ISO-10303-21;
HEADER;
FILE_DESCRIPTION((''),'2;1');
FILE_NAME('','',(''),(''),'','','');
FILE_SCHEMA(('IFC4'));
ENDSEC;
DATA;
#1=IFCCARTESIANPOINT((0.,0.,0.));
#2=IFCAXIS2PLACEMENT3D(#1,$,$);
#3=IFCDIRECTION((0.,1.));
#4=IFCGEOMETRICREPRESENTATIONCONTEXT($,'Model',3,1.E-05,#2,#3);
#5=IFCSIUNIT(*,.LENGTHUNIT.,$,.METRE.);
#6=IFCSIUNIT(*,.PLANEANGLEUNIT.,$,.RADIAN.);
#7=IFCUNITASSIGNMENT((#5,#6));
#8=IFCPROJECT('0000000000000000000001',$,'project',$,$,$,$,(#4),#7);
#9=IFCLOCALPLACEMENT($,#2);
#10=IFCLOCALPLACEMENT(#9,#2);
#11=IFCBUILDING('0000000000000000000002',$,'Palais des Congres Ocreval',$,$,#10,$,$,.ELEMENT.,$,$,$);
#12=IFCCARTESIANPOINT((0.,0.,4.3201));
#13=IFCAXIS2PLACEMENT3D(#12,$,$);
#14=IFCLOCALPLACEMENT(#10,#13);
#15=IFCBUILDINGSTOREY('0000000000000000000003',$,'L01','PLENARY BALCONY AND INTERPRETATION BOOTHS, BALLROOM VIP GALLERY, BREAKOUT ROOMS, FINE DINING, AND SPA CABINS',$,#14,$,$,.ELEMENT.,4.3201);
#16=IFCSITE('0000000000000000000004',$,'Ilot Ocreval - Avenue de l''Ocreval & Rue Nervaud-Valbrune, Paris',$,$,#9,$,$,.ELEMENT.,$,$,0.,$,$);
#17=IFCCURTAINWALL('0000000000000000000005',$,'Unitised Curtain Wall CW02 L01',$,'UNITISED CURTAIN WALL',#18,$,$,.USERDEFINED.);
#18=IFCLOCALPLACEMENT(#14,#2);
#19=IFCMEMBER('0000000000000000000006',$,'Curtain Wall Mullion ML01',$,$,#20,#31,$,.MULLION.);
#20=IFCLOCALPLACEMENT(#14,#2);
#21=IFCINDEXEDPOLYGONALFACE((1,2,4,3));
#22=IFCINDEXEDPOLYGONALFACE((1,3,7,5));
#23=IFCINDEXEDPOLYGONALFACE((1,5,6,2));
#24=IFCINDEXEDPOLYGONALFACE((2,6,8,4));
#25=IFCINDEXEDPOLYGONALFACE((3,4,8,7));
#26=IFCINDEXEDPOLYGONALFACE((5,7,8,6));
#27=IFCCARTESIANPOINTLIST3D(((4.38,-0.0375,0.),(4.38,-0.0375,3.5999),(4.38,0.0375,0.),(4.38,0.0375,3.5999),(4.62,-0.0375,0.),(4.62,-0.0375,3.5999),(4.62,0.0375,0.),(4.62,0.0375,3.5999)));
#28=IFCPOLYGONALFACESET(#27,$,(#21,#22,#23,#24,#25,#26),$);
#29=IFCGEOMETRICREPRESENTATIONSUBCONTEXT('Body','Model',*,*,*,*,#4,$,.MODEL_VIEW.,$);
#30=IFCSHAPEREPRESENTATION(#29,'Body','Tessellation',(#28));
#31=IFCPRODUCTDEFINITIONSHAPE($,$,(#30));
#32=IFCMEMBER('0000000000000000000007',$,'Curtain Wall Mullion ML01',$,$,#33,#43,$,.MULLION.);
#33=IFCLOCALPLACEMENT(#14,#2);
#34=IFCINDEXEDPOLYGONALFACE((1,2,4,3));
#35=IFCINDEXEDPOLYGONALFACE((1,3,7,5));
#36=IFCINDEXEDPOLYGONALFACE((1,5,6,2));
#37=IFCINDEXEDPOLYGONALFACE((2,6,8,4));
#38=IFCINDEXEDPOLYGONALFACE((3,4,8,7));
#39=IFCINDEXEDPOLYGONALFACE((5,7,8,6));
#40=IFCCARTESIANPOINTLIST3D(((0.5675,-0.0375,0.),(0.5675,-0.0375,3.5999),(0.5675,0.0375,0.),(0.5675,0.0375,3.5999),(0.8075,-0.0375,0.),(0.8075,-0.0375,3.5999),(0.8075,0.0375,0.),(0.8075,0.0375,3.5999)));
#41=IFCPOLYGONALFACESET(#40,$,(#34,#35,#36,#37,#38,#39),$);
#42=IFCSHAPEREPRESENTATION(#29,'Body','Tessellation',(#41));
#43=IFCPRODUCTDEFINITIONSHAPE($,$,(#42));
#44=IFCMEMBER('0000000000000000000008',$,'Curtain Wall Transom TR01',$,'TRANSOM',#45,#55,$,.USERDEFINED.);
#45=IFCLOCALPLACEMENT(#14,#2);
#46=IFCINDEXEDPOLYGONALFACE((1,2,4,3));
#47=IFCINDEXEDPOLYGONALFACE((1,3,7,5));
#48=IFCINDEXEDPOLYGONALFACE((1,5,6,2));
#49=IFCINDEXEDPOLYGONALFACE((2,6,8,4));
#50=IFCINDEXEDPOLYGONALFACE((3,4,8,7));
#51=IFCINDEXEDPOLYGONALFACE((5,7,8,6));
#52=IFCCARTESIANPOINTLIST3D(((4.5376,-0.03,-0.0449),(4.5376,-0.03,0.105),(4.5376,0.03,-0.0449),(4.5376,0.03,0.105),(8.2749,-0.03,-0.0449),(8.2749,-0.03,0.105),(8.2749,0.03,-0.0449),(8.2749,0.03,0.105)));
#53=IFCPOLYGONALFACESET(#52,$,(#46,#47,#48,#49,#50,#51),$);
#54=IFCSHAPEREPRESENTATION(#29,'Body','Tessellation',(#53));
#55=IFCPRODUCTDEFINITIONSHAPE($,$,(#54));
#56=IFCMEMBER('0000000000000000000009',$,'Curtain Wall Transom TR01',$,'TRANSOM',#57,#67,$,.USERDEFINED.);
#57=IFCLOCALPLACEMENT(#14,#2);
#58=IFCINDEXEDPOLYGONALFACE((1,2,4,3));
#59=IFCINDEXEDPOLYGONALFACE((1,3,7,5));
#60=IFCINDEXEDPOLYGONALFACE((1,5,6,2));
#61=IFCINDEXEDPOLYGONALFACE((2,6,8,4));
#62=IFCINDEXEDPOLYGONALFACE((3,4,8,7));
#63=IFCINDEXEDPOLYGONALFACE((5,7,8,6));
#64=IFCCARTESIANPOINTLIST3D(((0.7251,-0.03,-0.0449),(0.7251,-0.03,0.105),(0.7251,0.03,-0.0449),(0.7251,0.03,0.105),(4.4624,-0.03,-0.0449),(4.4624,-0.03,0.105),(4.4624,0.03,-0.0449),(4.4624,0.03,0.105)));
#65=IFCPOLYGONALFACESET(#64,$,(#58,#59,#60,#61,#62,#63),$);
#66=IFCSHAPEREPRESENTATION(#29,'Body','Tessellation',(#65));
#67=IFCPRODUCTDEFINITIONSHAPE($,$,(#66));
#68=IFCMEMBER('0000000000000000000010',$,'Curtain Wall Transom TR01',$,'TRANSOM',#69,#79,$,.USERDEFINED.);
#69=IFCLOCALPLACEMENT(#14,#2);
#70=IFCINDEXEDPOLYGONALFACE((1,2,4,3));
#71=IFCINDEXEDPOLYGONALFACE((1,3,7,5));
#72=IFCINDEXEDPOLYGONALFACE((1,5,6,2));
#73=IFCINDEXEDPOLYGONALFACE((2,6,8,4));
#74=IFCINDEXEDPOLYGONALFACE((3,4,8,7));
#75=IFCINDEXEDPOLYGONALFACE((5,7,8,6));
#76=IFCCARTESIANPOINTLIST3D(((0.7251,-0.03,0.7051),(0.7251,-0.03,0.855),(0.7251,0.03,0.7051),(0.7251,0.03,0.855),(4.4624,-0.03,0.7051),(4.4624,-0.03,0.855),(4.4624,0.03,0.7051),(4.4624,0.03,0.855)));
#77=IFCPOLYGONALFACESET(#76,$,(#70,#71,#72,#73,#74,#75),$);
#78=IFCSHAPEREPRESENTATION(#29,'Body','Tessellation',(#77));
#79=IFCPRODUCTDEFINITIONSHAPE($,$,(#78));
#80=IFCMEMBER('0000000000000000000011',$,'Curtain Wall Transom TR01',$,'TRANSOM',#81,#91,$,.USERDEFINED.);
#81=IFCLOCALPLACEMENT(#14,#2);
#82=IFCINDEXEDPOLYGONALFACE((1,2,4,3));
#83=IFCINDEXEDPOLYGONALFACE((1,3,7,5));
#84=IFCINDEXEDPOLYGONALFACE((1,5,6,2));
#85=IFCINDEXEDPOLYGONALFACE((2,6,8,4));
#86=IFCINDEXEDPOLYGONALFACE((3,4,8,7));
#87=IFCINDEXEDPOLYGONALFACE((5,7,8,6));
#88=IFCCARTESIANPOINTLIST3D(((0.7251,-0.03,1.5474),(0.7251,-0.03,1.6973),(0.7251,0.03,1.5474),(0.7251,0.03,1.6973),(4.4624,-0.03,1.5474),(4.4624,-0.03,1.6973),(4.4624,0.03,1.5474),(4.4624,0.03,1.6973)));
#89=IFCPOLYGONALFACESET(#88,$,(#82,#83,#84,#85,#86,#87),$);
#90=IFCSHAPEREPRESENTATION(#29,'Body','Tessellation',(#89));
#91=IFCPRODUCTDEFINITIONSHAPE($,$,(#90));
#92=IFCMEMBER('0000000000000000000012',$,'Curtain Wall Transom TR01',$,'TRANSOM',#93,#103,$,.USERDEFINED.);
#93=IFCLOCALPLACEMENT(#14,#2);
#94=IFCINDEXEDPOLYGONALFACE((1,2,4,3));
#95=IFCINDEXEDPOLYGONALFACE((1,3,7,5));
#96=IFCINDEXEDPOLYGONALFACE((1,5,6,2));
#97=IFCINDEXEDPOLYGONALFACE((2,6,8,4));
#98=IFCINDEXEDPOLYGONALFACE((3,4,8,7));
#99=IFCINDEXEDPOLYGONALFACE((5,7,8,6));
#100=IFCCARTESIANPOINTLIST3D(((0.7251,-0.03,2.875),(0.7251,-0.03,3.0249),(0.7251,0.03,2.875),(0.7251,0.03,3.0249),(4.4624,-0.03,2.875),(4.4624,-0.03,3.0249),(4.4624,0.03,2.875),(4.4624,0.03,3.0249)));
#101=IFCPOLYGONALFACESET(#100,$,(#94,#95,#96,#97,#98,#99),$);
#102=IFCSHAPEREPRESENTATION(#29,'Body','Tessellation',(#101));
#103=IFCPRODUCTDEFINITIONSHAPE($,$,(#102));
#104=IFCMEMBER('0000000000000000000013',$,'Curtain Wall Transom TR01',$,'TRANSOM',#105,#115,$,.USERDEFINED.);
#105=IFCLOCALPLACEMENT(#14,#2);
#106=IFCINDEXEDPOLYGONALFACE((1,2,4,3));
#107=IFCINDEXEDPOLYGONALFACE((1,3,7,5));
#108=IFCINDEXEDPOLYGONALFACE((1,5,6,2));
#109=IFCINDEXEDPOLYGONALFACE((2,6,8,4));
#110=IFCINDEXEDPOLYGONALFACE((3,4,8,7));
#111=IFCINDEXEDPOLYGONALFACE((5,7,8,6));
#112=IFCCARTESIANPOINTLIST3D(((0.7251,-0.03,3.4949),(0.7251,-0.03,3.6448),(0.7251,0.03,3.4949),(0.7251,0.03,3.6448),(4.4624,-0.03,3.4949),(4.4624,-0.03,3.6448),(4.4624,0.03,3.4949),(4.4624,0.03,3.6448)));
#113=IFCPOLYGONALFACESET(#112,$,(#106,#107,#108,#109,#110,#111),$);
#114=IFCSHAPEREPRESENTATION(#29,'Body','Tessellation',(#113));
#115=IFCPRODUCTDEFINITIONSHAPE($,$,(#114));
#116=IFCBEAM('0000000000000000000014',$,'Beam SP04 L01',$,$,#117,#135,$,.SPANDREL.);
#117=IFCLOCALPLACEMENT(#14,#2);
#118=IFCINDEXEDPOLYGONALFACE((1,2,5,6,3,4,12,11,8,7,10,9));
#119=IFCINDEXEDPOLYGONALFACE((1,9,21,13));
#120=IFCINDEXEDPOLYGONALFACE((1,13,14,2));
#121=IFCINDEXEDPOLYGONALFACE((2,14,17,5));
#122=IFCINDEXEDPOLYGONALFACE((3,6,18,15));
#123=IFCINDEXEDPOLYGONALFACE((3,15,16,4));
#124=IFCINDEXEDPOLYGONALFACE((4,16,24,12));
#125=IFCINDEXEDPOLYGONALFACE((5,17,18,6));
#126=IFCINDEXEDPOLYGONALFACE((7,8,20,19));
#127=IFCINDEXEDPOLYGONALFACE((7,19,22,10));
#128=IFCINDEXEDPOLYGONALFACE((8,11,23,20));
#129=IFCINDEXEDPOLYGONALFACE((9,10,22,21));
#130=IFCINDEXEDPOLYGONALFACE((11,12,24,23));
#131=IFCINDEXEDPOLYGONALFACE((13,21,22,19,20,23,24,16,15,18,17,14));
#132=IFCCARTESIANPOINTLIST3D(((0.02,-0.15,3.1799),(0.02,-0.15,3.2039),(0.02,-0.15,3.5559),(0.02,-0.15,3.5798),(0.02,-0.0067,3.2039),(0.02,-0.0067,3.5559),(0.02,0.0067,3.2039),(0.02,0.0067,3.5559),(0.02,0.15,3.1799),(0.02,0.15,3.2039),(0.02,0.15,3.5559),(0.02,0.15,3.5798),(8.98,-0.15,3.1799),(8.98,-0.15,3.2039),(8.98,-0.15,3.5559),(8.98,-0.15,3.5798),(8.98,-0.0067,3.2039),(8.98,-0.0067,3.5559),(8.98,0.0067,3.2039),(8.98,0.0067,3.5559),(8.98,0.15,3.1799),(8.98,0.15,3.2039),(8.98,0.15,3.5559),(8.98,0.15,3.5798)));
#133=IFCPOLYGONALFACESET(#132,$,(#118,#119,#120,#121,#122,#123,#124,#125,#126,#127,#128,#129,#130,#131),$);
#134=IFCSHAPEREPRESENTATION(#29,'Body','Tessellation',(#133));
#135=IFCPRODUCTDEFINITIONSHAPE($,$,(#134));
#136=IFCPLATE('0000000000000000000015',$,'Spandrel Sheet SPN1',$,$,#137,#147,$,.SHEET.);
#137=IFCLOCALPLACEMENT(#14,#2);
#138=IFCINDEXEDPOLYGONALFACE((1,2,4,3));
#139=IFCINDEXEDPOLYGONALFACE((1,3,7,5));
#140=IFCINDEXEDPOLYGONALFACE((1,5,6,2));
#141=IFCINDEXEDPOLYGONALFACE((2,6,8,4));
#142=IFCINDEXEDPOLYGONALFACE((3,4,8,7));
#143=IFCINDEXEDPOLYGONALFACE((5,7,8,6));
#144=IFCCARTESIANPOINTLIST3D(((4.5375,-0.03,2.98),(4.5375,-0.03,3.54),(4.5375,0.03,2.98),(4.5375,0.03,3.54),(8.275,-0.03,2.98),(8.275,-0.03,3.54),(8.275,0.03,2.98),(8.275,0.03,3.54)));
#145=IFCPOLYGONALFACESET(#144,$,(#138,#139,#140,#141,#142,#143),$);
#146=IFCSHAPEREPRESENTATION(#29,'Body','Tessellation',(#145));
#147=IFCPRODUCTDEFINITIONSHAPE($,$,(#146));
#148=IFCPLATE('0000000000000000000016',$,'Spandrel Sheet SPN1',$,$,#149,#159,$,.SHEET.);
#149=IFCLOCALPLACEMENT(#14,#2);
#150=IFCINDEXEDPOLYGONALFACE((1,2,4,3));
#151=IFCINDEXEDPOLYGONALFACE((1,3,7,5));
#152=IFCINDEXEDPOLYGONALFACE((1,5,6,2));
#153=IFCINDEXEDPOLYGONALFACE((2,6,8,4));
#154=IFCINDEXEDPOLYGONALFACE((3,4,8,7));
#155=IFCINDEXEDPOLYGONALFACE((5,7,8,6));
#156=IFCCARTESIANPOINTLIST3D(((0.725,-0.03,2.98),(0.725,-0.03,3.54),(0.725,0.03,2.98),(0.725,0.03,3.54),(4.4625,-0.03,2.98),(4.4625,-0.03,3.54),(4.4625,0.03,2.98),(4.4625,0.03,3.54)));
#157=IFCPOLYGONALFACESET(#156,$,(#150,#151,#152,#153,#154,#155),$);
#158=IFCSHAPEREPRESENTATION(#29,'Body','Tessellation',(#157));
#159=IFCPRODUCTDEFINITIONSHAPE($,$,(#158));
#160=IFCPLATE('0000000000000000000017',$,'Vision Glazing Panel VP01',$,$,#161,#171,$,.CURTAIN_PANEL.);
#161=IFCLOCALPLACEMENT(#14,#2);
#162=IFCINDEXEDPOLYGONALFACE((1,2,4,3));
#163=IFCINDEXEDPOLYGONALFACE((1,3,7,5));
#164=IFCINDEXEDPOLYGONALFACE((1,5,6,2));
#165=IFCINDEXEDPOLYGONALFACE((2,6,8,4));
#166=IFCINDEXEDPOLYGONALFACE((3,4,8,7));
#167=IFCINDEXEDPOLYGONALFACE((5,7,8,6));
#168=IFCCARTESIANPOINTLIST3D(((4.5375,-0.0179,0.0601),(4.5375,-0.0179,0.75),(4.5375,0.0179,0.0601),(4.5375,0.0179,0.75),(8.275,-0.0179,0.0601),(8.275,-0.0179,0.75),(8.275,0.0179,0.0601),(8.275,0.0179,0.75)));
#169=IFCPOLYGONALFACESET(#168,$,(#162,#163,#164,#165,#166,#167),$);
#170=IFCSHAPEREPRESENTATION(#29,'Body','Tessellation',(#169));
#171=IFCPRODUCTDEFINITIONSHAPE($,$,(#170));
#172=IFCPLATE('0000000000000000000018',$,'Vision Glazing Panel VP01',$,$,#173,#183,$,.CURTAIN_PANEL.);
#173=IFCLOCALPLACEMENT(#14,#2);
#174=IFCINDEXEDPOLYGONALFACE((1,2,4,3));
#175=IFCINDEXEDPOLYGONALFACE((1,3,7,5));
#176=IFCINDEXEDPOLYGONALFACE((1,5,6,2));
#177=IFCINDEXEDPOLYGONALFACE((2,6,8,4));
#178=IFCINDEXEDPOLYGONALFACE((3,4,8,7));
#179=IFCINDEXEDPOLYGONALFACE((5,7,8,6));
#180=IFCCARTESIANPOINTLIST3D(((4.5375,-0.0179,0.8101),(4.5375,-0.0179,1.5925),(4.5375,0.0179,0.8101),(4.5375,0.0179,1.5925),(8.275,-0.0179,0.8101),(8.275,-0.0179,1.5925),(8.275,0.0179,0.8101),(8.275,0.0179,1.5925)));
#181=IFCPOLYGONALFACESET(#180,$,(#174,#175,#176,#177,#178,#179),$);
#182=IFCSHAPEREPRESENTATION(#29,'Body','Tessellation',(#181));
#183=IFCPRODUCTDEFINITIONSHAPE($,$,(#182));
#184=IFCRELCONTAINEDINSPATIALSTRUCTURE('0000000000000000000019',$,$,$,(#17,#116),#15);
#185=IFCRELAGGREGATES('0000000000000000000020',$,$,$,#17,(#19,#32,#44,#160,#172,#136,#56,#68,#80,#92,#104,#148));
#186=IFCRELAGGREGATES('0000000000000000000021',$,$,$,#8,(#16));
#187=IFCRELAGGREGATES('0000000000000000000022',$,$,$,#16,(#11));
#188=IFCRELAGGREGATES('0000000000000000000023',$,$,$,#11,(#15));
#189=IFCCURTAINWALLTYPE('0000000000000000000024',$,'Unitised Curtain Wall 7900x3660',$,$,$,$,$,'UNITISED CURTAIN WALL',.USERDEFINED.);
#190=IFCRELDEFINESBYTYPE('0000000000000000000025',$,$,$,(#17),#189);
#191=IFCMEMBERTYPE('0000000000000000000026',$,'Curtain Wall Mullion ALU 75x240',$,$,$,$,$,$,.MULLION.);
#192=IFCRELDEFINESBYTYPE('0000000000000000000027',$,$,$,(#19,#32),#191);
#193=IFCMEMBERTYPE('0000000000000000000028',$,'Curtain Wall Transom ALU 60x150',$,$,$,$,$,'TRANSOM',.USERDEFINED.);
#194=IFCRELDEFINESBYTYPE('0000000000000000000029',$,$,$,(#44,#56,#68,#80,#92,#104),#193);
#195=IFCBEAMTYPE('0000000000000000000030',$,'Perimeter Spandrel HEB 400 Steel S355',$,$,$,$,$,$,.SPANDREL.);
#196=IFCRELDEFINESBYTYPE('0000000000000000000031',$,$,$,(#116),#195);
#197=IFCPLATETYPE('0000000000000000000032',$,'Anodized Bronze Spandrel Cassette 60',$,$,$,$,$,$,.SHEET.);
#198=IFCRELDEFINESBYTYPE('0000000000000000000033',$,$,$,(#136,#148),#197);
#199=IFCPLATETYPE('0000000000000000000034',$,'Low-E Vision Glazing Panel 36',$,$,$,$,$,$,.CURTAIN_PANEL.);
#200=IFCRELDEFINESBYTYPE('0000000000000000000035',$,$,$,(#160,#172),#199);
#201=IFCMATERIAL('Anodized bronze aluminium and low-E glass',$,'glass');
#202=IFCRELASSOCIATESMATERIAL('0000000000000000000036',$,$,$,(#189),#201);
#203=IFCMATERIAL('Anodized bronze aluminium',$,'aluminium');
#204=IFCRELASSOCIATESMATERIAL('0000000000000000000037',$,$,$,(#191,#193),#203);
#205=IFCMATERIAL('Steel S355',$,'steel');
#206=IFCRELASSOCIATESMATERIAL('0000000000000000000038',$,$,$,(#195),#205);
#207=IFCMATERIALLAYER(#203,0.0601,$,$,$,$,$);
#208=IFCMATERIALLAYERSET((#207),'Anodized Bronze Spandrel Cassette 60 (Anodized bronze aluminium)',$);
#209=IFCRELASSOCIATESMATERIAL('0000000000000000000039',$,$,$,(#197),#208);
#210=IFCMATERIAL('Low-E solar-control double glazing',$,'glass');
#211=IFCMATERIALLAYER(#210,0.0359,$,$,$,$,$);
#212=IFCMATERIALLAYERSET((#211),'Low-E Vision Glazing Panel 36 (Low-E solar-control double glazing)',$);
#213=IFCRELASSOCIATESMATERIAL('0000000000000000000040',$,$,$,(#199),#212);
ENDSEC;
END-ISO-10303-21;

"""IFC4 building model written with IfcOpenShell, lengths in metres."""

from ifc_helpers import new_model, si_unit, direction, frame, origin, origin_2d, place, context, subcontext, project, spatial, rectangle, i_section, extrude, material, layer, layer_set, material_profile, profile_set, type_object, element, aggregate, save


model = new_model("IFC4")

# Units and contexts
model_context = context("Model", 3, precision=1e-05, world=origin(), true_north=direction((0.0, 1.0)))
body_context = subcontext(model_context, "Body", "Model", "MODEL_VIEW")
ifc_project = project(units=[si_unit("LENGTHUNIT", "METRE"), si_unit("PLANEANGLEUNIT", "RADIAN")], contexts=[model_context])

# Site, building, storey
site_placement = place(None, origin())
site = spatial("IfcSite", under=ifc_project, at=site_placement, Name="Ilot Ocreval - Avenue de l'Ocreval & Rue Nervaud-Valbrune, Paris", CompositionType="ELEMENT", RefElevation=0.0)
building_placement = place(site_placement, origin())
building = spatial("IfcBuilding", under=site, at=building_placement, Name="Palais des Congres Ocreval", CompositionType="ELEMENT")
storey_placement = place(building_placement, frame((0.0, 0.0, 4.3201)))
storey = spatial("IfcBuildingStorey", under=building, at=storey_placement, Name="L01", Description="PLENARY BALCONY AND INTERPRETATION BOOTHS, BALLROOM VIP GALLERY, BREAKOUT ROOMS, FINE DINING, AND SPA CABINS", CompositionType="ELEMENT", Elevation=4.3201)

# Curtain wall, members
ifc_material_1 = material(Name="Anodized bronze aluminium and low-E glass", Category="glass")
curtain_wall_type = type_object("IfcCurtainWallType", Name="Unitised Curtain Wall 7900x3660", ElementType="UNITISED CURTAIN WALL", PredefinedType="USERDEFINED", material=ifc_material_1)
curtain_wall_placement = place(storey_placement, origin())
curtain_wall = element("IfcCurtainWall", 1, at=curtain_wall_placement, inside=storey, type_object=curtain_wall_type, Name="Unitised Curtain Wall CW02 L01", ObjectType="UNITISED CURTAIN WALL", PredefinedType="USERDEFINED")
ifc_material_2 = material(Name="Anodized bronze aluminium", Category="aluminium")
ifc_material_profile_1 = material_profile(ifc_material_2, rectangle(XDim=0.075, YDim=0.24, at=origin_2d()), Name="ALU 75x240")
ifc_profile_set_1 = profile_set([ifc_material_profile_1], Name="Anodized bronze aluminium")
member_type_1 = type_object("IfcMemberType", Name="Curtain Wall Mullion ALU 75x240", PredefinedType="MULLION", material=ifc_profile_set_1)
member_1_placement = place(storey_placement, frame((4.5, 0.0, 0.0), z_axis=(0.0, 0.0, 1.0), x_axis=(0.0, -1.0, 0.0)))
member_1 = element("IfcMember", 2, at=member_1_placement, type_object=member_type_1, Name="Curtain Wall Mullion ML01", PredefinedType="MULLION", context=body_context, shape_type="SweptSolid", body=[
    extrude(rectangle(XDim=0.075, YDim=0.24, at=origin_2d()), origin(), (0.0, 0.0, 1.0), 3.5999),
])
member_2_placement = place(storey_placement, frame((0.6875, 0.0, 0.0), z_axis=(0.0, 0.0, 1.0), x_axis=(0.0, -1.0, 0.0)))
member_2 = element("IfcMember", 3, at=member_2_placement, type_object=member_type_1, Name="Curtain Wall Mullion ML01", PredefinedType="MULLION", context=body_context, shape_type="SweptSolid", body=[
    extrude(rectangle(XDim=0.075, YDim=0.24, at=origin_2d()), origin(), (0.0, 0.0, 1.0), 3.5999),
])
ifc_material_profile_2 = material_profile(ifc_material_2, rectangle(XDim=0.0601, YDim=0.1499, at=origin_2d()), Name="ALU 60x150")
ifc_profile_set_2 = profile_set([ifc_material_profile_2], Name="Anodized bronze aluminium")
member_type_2 = type_object("IfcMemberType", Name="Curtain Wall Transom ALU 60x150", ElementType="TRANSOM", PredefinedType="USERDEFINED", material=ifc_profile_set_2)
member_3_placement = place(storey_placement, frame((8.2749, 0.0, 0.03), z_axis=(-1.0, 0.0, 0.0), x_axis=(0.0, -1.0, 0.0)))
member_3 = element("IfcMember", 4, at=member_3_placement, type_object=member_type_2, Name="Curtain Wall Transom TR01", ObjectType="TRANSOM", PredefinedType="USERDEFINED", context=body_context, shape_type="SweptSolid", body=[
    extrude(rectangle(XDim=0.0601, YDim=0.1499, at=origin_2d()), origin(), (0.0, 0.0, 1.0), 3.7373),
])
member_4_placement = place(storey_placement, frame((4.4624, 0.0, 0.03), z_axis=(-1.0, 0.0, 0.0), x_axis=(0.0, -1.0, 0.0)))
member_4 = element("IfcMember", 5, at=member_4_placement, type_object=member_type_2, Name="Curtain Wall Transom TR01", ObjectType="TRANSOM", PredefinedType="USERDEFINED", context=body_context, shape_type="SweptSolid", body=[
    extrude(rectangle(XDim=0.0601, YDim=0.1499, at=origin_2d()), origin(), (0.0, 0.0, 1.0), 3.7373),
])
member_5_placement = place(storey_placement, frame((4.4624, 0.0, 0.78), z_axis=(-1.0, 0.0, 0.0), x_axis=(0.0, -1.0, 0.0)))
member_5 = element("IfcMember", 6, at=member_5_placement, type_object=member_type_2, Name="Curtain Wall Transom TR01", ObjectType="TRANSOM", PredefinedType="USERDEFINED", context=body_context, shape_type="SweptSolid", body=[
    extrude(rectangle(XDim=0.0601, YDim=0.1499, at=origin_2d()), origin(), (0.0, 0.0, 1.0), 3.7373),
])
member_6_placement = place(storey_placement, frame((4.4624, 0.0, 1.6223), z_axis=(-1.0, 0.0, 0.0), x_axis=(0.0, -1.0, 0.0)))
member_6 = element("IfcMember", 7, at=member_6_placement, type_object=member_type_2, Name="Curtain Wall Transom TR01", ObjectType="TRANSOM", PredefinedType="USERDEFINED", context=body_context, shape_type="SweptSolid", body=[
    extrude(rectangle(XDim=0.0601, YDim=0.1499, at=origin_2d()), origin(), (0.0, 0.0, 1.0), 3.7373),
])
member_7_placement = place(storey_placement, frame((4.4624, 0.0, 2.95), z_axis=(-1.0, 0.0, 0.0), x_axis=(0.0, -1.0, 0.0)))
member_7 = element("IfcMember", 8, at=member_7_placement, type_object=member_type_2, Name="Curtain Wall Transom TR01", ObjectType="TRANSOM", PredefinedType="USERDEFINED", context=body_context, shape_type="SweptSolid", body=[
    extrude(rectangle(XDim=0.0601, YDim=0.1499, at=origin_2d()), origin(), (0.0, 0.0, 1.0), 3.7373),
])
member_8_placement = place(storey_placement, frame((4.4624, 0.0, 3.5698), z_axis=(-1.0, 0.0, 0.0), x_axis=(0.0, -1.0, 0.0)))
member_8 = element("IfcMember", 9, at=member_8_placement, type_object=member_type_2, Name="Curtain Wall Transom TR01", ObjectType="TRANSOM", PredefinedType="USERDEFINED", context=body_context, shape_type="SweptSolid", body=[
    extrude(rectangle(XDim=0.0601, YDim=0.1499, at=origin_2d()), origin(), (0.0, 0.0, 1.0), 3.7373),
])

# Beam
ifc_material_3 = material(Name="Steel S355", Category="steel")
ifc_material_profile_3 = material_profile(ifc_material_3, i_section(OverallWidth=0.3, OverallDepth=0.3999, WebThickness=0.0134, FlangeThickness=0.0239, at=origin_2d()), Name="HEB 400")
ifc_profile_set_3 = profile_set([ifc_material_profile_3], Name="Steel S355")
beam_type = type_object("IfcBeamType", Name="Perimeter Spandrel HEB 400 Steel S355", PredefinedType="SPANDREL", material=ifc_profile_set_3)
beam_placement = place(storey_placement, frame((0.02, 0.0, 3.3799), z_axis=(1.0, 0.0, 0.0), x_axis=(0.0, 1.0, 0.0)))
element("IfcBeam", 10, at=beam_placement, inside=storey, type_object=beam_type, Name="Beam SP04 L01", PredefinedType="SPANDREL", context=body_context, shape_type="SweptSolid", body=[
    extrude(i_section(OverallWidth=0.3, OverallDepth=0.3999, WebThickness=0.0134, FlangeThickness=0.0239, at=origin_2d()), origin(), (0.0, 0.0, 1.0), 8.96),
])

# Plates
ifc_layer_1 = layer(ifc_material_2, 0.0601)
ifc_layer_set_1 = layer_set([ifc_layer_1], Name="Anodized Bronze Spandrel Cassette 60 (Anodized bronze aluminium)")
plate_type_1 = type_object("IfcPlateType", Name="Anodized Bronze Spandrel Cassette 60", PredefinedType="SHEET", material=ifc_layer_set_1)
plate_1_placement = place(storey_placement, frame((6.4062, 0.0, 2.98), z_axis=(0.0, 0.0, 1.0), x_axis=(-1.0, 0.0, 0.0)))
plate_1 = element("IfcPlate", 11, at=plate_1_placement, type_object=plate_type_1, Name="Spandrel Sheet SPN1", PredefinedType="SHEET", context=body_context, shape_type="SweptSolid", body=[
    extrude(rectangle(XDim=3.7375, YDim=0.0601, at=origin_2d()), origin(), (0.0, 0.0, 1.0), 0.5601),
])
plate_2_placement = place(storey_placement, frame((2.5938, 0.0, 2.98), z_axis=(0.0, 0.0, 1.0), x_axis=(-1.0, 0.0, 0.0)))
plate_2 = element("IfcPlate", 12, at=plate_2_placement, type_object=plate_type_1, Name="Spandrel Sheet SPN1", PredefinedType="SHEET", context=body_context, shape_type="SweptSolid", body=[
    extrude(rectangle(XDim=3.7375, YDim=0.0601, at=origin_2d()), origin(), (0.0, 0.0, 1.0), 0.5601),
])
ifc_material_4 = material(Name="Low-E solar-control double glazing", Category="glass")
ifc_layer_2 = layer(ifc_material_4, 0.0359)
ifc_layer_set_2 = layer_set([ifc_layer_2], Name="Low-E Vision Glazing Panel 36 (Low-E solar-control double glazing)")
plate_type_2 = type_object("IfcPlateType", Name="Low-E Vision Glazing Panel 36", PredefinedType="CURTAIN_PANEL", material=ifc_layer_set_2)
plate_3_placement = place(storey_placement, frame((6.4062, 0.0, 0.0601), z_axis=(0.0, 0.0, 1.0), x_axis=(-1.0, 0.0, 0.0)))
plate_3 = element("IfcPlate", 13, at=plate_3_placement, type_object=plate_type_2, Name="Vision Glazing Panel VP01", PredefinedType="CURTAIN_PANEL", context=body_context, shape_type="SweptSolid", body=[
    extrude(rectangle(XDim=3.7375, YDim=0.0359, at=origin_2d()), origin(), (0.0, 0.0, 1.0), 0.6899),
])
plate_4_placement = place(storey_placement, frame((6.4062, 0.0, 0.8101), z_axis=(0.0, 0.0, 1.0), x_axis=(-1.0, 0.0, 0.0)))
plate_4 = element("IfcPlate", 14, at=plate_4_placement, type_object=plate_type_2, Name="Vision Glazing Panel VP01", PredefinedType="CURTAIN_PANEL", context=body_context, shape_type="SweptSolid", body=[
    extrude(rectangle(XDim=3.7375, YDim=0.0359, at=origin_2d()), origin(), (0.0, 0.0, 1.0), 0.7825),
])
aggregate(curtain_wall, [member_1, member_2, member_3, plate_3, plate_4, plate_1, member_4, member_5, member_6, member_7, member_8, plate_2])

save(model, "model.ifc")
